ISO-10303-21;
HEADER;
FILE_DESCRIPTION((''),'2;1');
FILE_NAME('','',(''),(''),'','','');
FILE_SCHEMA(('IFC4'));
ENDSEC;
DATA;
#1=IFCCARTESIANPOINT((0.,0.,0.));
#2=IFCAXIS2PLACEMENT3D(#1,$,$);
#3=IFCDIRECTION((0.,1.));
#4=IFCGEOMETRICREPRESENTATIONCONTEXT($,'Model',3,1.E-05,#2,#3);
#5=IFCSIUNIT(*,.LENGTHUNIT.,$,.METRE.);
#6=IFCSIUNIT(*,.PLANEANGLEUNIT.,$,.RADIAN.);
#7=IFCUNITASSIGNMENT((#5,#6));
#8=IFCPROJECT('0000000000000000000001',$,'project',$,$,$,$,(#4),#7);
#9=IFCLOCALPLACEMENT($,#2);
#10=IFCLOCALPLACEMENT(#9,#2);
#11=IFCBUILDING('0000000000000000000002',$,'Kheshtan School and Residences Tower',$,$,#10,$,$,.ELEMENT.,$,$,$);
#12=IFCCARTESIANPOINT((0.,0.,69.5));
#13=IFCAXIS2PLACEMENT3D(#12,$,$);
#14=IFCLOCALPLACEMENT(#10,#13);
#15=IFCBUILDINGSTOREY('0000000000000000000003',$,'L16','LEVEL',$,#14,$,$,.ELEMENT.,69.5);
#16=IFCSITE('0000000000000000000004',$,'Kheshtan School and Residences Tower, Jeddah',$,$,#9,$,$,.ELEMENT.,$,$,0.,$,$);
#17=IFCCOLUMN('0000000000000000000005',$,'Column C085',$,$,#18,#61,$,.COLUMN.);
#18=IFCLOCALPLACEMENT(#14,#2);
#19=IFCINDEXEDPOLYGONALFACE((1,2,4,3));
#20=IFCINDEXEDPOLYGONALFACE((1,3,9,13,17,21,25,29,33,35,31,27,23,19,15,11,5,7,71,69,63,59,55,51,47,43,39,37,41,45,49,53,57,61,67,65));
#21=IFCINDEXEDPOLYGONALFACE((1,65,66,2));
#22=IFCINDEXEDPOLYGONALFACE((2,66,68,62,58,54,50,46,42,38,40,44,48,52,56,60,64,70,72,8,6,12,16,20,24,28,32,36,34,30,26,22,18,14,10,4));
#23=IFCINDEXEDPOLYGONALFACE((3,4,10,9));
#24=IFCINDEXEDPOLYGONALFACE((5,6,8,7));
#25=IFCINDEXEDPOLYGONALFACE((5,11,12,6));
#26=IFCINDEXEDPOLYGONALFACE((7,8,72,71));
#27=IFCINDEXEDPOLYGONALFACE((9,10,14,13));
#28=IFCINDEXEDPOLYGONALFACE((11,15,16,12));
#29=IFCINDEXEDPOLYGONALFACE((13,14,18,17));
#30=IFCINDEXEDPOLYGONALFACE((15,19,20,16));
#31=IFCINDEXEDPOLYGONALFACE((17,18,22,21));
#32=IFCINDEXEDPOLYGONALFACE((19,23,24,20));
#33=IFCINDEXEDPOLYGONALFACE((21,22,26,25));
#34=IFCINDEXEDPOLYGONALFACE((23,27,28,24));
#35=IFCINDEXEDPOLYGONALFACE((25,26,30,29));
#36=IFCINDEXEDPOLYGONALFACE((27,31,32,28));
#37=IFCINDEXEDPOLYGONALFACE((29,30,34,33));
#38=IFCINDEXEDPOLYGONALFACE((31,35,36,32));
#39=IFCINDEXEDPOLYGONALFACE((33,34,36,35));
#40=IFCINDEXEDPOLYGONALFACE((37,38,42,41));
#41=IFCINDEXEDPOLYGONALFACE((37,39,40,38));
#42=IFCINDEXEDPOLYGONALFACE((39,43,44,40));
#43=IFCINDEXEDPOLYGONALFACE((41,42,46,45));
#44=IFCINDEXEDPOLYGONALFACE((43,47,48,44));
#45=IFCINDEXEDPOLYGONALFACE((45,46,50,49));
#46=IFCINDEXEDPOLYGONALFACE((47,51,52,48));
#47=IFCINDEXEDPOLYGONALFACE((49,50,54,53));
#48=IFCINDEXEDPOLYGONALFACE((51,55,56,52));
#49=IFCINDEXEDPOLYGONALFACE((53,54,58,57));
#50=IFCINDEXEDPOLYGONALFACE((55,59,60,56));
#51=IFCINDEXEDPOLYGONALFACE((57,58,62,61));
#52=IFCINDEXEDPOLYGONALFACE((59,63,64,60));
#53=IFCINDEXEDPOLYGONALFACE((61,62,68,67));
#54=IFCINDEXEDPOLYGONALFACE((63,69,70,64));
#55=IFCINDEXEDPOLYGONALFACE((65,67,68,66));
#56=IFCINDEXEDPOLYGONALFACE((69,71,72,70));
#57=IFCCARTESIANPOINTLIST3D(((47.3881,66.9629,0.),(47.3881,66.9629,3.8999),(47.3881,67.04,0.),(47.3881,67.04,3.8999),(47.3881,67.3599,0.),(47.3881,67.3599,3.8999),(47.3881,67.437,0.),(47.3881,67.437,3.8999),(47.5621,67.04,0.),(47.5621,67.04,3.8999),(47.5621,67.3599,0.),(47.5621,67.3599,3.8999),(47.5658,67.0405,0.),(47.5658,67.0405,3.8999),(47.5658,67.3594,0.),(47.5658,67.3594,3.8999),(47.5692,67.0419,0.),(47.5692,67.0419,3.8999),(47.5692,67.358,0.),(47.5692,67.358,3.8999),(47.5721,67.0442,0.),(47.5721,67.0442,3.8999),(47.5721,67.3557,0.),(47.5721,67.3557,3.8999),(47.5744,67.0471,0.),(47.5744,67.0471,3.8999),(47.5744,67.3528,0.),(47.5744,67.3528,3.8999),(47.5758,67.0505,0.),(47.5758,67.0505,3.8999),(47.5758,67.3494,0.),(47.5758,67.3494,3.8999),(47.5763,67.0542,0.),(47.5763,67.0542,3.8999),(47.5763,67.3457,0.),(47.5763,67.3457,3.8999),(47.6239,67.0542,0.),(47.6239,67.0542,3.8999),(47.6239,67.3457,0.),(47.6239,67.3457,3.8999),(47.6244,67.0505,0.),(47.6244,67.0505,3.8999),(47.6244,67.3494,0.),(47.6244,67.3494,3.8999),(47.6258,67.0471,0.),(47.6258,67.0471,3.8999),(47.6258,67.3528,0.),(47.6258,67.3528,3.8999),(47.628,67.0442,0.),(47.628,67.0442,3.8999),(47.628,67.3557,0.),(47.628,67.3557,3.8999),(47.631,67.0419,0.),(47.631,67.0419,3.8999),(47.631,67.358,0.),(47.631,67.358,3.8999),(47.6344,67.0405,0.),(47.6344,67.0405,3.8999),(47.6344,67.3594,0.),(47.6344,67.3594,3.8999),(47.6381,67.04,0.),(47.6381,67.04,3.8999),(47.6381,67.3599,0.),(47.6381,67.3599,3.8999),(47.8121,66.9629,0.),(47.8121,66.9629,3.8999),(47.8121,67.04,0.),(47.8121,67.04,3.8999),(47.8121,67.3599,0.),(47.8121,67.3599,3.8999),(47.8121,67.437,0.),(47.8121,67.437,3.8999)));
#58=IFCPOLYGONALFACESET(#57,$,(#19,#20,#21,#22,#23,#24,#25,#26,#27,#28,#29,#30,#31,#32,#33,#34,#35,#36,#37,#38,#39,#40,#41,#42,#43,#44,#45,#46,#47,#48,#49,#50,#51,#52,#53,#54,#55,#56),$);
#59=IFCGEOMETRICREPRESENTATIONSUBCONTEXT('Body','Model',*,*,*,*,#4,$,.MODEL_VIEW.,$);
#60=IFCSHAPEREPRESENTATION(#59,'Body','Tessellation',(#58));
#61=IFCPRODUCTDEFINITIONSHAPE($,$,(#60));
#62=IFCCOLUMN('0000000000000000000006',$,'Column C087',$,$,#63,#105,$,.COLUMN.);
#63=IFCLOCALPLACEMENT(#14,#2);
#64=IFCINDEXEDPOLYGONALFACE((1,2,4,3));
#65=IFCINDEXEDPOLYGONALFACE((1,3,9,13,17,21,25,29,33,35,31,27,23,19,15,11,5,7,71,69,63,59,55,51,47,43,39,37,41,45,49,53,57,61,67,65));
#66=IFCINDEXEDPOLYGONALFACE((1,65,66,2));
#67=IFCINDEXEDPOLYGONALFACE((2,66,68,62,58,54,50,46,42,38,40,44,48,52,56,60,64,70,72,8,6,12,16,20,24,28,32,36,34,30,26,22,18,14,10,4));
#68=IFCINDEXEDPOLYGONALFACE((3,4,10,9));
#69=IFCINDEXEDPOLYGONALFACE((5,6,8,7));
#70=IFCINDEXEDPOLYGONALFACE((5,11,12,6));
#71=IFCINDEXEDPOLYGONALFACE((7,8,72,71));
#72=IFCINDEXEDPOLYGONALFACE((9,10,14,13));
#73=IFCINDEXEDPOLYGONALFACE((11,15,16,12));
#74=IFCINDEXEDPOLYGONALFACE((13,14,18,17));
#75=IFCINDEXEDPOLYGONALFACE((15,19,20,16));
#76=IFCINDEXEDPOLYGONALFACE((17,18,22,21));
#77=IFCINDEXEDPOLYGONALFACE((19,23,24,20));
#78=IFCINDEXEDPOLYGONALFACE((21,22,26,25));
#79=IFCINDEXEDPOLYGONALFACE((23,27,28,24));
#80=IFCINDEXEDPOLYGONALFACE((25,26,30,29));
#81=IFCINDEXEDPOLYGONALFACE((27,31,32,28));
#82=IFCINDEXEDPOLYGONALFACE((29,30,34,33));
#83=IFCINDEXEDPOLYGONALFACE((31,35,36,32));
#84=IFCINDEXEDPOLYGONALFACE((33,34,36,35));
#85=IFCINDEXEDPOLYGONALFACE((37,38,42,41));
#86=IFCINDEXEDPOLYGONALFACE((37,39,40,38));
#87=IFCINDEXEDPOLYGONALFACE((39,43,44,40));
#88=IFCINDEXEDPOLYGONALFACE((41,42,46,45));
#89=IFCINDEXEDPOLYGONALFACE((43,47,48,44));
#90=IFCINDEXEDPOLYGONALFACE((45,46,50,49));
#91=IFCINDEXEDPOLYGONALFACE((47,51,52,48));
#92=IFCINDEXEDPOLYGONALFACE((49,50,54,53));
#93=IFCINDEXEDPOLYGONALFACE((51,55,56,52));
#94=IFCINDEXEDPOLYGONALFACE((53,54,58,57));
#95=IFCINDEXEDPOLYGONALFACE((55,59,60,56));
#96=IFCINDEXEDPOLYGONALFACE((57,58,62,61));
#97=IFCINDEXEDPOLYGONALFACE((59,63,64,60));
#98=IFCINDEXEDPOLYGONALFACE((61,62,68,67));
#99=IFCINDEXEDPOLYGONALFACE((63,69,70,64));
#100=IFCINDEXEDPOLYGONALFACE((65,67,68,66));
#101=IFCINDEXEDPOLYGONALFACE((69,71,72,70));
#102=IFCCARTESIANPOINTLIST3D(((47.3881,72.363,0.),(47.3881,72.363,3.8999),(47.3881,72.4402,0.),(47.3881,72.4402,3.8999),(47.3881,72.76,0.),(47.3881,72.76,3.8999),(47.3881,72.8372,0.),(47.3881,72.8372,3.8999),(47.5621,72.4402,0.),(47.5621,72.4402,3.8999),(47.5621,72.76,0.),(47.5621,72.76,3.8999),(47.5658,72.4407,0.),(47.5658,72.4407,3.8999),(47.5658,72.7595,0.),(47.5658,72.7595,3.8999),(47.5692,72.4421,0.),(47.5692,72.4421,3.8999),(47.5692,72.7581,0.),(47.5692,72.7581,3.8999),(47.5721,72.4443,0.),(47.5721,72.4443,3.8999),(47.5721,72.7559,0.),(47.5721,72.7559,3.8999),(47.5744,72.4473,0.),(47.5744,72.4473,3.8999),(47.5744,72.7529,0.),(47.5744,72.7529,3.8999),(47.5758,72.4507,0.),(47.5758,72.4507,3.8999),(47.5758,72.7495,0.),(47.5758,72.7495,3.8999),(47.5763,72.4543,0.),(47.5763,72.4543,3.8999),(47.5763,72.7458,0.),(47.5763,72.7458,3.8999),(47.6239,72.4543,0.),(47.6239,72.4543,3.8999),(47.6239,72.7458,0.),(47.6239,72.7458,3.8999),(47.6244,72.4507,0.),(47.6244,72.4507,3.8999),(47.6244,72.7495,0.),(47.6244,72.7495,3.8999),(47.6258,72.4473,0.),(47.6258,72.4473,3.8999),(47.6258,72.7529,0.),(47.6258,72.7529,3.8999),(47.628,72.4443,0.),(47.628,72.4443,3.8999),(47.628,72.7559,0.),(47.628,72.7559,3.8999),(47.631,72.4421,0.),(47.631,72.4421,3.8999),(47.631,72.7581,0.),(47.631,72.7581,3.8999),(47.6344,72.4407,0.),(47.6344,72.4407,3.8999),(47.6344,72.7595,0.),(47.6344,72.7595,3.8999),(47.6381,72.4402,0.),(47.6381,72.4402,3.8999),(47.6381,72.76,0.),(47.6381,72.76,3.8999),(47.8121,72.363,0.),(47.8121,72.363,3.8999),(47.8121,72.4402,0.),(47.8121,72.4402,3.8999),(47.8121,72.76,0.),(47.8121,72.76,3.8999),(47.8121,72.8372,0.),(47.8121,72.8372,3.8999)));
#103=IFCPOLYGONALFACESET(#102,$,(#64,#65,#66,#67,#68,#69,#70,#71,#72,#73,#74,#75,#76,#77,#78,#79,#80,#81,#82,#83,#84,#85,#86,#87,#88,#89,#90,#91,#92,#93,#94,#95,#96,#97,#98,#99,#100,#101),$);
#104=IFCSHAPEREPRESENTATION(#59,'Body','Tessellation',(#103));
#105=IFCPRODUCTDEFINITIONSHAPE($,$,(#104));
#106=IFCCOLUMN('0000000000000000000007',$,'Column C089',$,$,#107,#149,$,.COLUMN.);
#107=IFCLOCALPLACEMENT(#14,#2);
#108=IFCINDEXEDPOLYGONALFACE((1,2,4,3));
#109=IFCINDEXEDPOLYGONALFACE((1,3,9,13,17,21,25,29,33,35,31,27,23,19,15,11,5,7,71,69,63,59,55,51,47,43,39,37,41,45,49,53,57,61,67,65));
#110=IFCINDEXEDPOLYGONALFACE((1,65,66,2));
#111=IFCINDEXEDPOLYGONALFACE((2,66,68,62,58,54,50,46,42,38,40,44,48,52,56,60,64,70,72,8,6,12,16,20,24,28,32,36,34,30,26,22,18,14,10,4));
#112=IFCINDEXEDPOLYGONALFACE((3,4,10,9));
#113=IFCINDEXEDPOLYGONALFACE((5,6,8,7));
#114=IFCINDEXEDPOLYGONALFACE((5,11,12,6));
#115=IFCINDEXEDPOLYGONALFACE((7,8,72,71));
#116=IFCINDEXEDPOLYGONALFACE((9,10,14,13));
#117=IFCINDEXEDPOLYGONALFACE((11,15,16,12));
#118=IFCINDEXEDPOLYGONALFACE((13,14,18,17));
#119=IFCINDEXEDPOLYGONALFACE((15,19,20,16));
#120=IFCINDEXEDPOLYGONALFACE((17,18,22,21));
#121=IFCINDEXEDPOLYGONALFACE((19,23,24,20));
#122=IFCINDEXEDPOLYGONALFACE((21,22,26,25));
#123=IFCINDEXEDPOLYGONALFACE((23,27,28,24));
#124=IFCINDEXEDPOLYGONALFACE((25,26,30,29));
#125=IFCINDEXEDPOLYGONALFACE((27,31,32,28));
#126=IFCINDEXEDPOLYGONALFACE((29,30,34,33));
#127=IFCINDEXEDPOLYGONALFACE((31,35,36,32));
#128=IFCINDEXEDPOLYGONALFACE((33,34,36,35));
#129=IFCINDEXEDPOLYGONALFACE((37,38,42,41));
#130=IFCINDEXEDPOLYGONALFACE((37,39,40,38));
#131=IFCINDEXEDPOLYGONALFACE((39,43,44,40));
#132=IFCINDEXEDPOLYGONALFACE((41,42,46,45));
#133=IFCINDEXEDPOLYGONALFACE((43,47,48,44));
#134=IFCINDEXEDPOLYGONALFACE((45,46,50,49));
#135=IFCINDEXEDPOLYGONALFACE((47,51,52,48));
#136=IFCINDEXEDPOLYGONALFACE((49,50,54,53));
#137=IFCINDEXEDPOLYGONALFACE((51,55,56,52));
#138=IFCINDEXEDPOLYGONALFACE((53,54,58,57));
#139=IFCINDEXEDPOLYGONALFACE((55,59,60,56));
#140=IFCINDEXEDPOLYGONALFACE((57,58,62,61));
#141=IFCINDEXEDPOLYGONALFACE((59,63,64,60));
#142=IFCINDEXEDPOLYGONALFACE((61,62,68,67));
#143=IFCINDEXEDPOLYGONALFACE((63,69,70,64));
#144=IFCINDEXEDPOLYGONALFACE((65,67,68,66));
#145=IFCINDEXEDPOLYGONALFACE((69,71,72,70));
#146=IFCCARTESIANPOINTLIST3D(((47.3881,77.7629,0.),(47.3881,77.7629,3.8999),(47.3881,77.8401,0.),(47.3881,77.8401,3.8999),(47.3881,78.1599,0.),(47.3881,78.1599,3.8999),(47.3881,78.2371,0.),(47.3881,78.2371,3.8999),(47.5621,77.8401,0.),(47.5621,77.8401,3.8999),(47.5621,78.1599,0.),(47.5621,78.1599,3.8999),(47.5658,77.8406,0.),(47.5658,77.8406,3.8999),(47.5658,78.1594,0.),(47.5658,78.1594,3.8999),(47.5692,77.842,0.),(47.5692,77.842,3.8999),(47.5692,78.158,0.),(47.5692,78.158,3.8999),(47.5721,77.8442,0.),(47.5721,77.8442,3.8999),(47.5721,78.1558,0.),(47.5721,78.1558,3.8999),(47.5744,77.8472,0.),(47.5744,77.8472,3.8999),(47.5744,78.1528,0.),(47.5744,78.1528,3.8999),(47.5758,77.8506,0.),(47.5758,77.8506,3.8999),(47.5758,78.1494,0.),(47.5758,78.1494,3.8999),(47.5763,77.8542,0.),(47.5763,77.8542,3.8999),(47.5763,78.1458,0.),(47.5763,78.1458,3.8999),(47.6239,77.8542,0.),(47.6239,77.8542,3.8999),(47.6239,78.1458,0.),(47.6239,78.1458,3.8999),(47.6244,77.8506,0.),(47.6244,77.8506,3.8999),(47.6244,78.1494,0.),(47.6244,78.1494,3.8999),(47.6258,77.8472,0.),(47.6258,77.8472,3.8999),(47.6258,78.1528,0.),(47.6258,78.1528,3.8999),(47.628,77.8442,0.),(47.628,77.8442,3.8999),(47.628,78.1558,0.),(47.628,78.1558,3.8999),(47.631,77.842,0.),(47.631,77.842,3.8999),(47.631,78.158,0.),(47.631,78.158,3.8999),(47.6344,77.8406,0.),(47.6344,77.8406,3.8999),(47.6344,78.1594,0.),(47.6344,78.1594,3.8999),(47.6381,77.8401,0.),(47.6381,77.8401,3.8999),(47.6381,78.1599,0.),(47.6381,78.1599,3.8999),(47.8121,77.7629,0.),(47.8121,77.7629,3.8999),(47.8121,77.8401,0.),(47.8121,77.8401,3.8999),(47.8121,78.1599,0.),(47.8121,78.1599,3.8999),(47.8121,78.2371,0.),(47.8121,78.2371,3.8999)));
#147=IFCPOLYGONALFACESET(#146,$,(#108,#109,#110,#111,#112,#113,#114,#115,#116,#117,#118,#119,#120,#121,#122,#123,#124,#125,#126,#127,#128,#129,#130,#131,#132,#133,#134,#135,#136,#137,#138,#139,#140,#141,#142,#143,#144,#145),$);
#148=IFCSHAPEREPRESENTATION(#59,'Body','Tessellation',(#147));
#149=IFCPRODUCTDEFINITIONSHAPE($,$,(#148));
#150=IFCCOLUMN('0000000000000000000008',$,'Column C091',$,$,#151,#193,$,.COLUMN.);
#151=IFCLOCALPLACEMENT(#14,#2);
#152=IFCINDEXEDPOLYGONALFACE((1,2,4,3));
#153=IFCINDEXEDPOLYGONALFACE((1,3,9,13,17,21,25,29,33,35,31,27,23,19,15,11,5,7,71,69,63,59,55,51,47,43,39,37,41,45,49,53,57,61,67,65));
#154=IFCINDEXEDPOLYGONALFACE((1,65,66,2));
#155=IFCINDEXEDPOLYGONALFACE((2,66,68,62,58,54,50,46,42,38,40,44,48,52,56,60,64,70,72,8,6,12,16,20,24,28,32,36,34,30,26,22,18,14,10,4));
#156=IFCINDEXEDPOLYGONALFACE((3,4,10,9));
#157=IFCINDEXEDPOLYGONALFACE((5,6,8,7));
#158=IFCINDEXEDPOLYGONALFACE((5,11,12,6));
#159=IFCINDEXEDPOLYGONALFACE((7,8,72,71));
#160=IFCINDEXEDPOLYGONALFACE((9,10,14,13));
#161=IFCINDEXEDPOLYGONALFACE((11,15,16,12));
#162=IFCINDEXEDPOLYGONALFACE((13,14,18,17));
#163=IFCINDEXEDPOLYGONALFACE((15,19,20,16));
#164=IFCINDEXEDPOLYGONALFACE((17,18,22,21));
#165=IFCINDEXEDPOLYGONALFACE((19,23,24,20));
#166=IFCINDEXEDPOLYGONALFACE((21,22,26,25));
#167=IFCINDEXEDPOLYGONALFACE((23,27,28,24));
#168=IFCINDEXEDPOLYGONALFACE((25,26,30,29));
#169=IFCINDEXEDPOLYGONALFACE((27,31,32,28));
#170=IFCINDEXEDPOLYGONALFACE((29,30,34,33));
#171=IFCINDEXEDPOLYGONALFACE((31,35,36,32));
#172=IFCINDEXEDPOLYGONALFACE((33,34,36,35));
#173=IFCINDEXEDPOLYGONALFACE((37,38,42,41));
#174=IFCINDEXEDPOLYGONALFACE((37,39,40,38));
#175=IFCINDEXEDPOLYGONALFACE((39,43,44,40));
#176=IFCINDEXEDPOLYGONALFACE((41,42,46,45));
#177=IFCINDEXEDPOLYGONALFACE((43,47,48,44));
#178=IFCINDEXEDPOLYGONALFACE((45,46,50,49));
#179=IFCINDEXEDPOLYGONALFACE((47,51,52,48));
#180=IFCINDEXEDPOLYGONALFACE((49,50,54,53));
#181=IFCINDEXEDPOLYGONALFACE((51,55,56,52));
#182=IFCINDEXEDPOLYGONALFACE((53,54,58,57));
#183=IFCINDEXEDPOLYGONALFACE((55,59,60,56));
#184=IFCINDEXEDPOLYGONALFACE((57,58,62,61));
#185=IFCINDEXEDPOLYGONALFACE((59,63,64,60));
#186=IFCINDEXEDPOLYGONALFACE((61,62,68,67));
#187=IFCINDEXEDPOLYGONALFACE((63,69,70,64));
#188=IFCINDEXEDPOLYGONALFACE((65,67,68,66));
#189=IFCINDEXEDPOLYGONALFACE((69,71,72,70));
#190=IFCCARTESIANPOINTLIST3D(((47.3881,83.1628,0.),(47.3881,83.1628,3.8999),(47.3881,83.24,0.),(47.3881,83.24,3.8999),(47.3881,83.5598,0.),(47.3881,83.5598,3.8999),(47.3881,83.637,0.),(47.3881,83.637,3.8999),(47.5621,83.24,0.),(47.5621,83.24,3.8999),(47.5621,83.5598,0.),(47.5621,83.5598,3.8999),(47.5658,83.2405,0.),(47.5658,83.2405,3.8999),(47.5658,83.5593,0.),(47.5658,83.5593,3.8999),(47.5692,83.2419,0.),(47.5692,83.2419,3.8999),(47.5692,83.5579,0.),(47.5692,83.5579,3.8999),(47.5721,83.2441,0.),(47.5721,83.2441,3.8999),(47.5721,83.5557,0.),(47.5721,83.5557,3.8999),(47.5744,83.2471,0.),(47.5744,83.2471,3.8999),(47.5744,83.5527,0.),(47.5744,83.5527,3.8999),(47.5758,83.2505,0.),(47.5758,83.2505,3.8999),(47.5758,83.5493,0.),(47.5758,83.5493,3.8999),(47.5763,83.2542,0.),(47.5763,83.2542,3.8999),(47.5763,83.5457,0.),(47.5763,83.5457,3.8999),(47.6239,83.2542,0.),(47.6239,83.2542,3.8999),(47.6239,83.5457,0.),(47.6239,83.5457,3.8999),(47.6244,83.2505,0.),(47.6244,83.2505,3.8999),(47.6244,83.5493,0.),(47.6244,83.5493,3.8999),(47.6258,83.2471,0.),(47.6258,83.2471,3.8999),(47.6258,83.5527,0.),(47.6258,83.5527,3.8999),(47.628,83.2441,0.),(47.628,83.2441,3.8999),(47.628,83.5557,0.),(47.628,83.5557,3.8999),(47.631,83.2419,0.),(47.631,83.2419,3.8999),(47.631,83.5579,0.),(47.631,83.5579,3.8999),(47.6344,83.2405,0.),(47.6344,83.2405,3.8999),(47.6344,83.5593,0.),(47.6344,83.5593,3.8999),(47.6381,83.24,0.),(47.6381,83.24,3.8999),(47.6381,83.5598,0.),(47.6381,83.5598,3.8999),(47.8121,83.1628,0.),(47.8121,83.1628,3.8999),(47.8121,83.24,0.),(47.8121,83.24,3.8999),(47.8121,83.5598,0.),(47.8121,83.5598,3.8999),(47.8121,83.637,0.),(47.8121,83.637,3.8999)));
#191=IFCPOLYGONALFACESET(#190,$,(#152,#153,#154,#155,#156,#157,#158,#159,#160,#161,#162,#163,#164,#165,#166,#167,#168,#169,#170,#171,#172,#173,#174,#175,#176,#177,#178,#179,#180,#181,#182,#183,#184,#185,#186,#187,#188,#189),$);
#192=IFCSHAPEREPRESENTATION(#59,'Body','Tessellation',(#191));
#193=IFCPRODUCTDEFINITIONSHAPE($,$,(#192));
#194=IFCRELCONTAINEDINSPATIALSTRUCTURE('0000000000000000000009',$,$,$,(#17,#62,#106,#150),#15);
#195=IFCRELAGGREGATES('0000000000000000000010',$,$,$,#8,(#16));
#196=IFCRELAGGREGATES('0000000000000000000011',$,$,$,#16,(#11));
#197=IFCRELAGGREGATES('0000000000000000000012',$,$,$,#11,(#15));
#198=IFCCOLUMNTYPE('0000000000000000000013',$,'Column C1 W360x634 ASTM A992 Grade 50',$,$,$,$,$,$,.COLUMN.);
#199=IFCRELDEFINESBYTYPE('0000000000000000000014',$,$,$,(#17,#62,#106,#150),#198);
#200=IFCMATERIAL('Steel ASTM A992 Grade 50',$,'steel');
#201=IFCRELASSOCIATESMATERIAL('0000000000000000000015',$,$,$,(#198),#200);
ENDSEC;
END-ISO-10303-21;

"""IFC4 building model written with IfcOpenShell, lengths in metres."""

from ifc_helpers import new_model, si_unit, direction, frame, origin, origin_2d, place, context, subcontext, project, spatial, i_section, extrude, material, material_profile, profile_set, type_object, element, save


model = new_model("IFC4")

# Units and contexts
model_context = context("Model", 3, precision=1e-05, world=origin(), true_north=direction((0.0, 1.0)))
body_context = subcontext(model_context, "Body", "Model", "MODEL_VIEW")
ifc_project = project(units=[si_unit("LENGTHUNIT", "METRE"), si_unit("PLANEANGLEUNIT", "RADIAN")], contexts=[model_context])

# Site, building, storey
site_placement = place(None, origin())
site = spatial("IfcSite", under=ifc_project, at=site_placement, Name="Kheshtan School and Residences Tower, Jeddah", CompositionType="ELEMENT", RefElevation=0.0)
building_placement = place(site_placement, origin())
building = spatial("IfcBuilding", under=site, at=building_placement, Name="Kheshtan School and Residences Tower", CompositionType="ELEMENT")
storey_placement = place(building_placement, frame((0.0, 0.0, 69.5)))
storey = spatial("IfcBuildingStorey", under=building, at=storey_placement, Name="L16", Description="LEVEL", CompositionType="ELEMENT", Elevation=69.5)

# Columns
ifc_material_1 = material(Name="Steel ASTM A992 Grade 50", Category="steel")
ifc_material_profile_1 = material_profile(ifc_material_1, i_section(OverallWidth=0.4241, OverallDepth=0.4741, WebThickness=0.0476, FlangeThickness=0.0771, FilletRadius=0.0142, at=origin_2d()), Name="W360x634")
ifc_profile_set_1 = profile_set([ifc_material_profile_1], Name="Steel ASTM A992 Grade 50")
column_type = type_object("IfcColumnType", Name="Column C1 W360x634 ASTM A992 Grade 50", PredefinedType="COLUMN", material=ifc_profile_set_1)
for number, where, z_axis, x_axis, name in (
    (1, (47.6001, 67.2, 0.0), (0.0, 0.0, 1.0), (1.0, 0.0, 0.0), "Column C085"),
    (2, (47.6001, 72.6001, 0.0), (0.0, 0.0, 1.0), (1.0, 0.0, 0.0), "Column C087"),
    (3, (47.6001, 78.0, 0.0), (0.0, 0.0, 1.0), (1.0, 0.0, 0.0), "Column C089"),
    (4, (47.6001, 83.3999, 0.0), (0.0, 0.0, 1.0), (1.0, 0.0, 0.0), "Column C091"),
):
    element("IfcColumn", number, at=place(storey_placement, frame(where, z_axis=z_axis, x_axis=x_axis)), inside=storey, type_object=column_type, Name=name, PredefinedType="COLUMN", context=body_context, shape_type="SweptSolid", body=[
        extrude(i_section(OverallWidth=0.4241, OverallDepth=0.4741, WebThickness=0.0476, FlangeThickness=0.0771, FilletRadius=0.0142, at=origin_2d()), origin(), (0.0, 0.0, 1.0), 3.8999),
    ])

save(model, "model.ifc")
